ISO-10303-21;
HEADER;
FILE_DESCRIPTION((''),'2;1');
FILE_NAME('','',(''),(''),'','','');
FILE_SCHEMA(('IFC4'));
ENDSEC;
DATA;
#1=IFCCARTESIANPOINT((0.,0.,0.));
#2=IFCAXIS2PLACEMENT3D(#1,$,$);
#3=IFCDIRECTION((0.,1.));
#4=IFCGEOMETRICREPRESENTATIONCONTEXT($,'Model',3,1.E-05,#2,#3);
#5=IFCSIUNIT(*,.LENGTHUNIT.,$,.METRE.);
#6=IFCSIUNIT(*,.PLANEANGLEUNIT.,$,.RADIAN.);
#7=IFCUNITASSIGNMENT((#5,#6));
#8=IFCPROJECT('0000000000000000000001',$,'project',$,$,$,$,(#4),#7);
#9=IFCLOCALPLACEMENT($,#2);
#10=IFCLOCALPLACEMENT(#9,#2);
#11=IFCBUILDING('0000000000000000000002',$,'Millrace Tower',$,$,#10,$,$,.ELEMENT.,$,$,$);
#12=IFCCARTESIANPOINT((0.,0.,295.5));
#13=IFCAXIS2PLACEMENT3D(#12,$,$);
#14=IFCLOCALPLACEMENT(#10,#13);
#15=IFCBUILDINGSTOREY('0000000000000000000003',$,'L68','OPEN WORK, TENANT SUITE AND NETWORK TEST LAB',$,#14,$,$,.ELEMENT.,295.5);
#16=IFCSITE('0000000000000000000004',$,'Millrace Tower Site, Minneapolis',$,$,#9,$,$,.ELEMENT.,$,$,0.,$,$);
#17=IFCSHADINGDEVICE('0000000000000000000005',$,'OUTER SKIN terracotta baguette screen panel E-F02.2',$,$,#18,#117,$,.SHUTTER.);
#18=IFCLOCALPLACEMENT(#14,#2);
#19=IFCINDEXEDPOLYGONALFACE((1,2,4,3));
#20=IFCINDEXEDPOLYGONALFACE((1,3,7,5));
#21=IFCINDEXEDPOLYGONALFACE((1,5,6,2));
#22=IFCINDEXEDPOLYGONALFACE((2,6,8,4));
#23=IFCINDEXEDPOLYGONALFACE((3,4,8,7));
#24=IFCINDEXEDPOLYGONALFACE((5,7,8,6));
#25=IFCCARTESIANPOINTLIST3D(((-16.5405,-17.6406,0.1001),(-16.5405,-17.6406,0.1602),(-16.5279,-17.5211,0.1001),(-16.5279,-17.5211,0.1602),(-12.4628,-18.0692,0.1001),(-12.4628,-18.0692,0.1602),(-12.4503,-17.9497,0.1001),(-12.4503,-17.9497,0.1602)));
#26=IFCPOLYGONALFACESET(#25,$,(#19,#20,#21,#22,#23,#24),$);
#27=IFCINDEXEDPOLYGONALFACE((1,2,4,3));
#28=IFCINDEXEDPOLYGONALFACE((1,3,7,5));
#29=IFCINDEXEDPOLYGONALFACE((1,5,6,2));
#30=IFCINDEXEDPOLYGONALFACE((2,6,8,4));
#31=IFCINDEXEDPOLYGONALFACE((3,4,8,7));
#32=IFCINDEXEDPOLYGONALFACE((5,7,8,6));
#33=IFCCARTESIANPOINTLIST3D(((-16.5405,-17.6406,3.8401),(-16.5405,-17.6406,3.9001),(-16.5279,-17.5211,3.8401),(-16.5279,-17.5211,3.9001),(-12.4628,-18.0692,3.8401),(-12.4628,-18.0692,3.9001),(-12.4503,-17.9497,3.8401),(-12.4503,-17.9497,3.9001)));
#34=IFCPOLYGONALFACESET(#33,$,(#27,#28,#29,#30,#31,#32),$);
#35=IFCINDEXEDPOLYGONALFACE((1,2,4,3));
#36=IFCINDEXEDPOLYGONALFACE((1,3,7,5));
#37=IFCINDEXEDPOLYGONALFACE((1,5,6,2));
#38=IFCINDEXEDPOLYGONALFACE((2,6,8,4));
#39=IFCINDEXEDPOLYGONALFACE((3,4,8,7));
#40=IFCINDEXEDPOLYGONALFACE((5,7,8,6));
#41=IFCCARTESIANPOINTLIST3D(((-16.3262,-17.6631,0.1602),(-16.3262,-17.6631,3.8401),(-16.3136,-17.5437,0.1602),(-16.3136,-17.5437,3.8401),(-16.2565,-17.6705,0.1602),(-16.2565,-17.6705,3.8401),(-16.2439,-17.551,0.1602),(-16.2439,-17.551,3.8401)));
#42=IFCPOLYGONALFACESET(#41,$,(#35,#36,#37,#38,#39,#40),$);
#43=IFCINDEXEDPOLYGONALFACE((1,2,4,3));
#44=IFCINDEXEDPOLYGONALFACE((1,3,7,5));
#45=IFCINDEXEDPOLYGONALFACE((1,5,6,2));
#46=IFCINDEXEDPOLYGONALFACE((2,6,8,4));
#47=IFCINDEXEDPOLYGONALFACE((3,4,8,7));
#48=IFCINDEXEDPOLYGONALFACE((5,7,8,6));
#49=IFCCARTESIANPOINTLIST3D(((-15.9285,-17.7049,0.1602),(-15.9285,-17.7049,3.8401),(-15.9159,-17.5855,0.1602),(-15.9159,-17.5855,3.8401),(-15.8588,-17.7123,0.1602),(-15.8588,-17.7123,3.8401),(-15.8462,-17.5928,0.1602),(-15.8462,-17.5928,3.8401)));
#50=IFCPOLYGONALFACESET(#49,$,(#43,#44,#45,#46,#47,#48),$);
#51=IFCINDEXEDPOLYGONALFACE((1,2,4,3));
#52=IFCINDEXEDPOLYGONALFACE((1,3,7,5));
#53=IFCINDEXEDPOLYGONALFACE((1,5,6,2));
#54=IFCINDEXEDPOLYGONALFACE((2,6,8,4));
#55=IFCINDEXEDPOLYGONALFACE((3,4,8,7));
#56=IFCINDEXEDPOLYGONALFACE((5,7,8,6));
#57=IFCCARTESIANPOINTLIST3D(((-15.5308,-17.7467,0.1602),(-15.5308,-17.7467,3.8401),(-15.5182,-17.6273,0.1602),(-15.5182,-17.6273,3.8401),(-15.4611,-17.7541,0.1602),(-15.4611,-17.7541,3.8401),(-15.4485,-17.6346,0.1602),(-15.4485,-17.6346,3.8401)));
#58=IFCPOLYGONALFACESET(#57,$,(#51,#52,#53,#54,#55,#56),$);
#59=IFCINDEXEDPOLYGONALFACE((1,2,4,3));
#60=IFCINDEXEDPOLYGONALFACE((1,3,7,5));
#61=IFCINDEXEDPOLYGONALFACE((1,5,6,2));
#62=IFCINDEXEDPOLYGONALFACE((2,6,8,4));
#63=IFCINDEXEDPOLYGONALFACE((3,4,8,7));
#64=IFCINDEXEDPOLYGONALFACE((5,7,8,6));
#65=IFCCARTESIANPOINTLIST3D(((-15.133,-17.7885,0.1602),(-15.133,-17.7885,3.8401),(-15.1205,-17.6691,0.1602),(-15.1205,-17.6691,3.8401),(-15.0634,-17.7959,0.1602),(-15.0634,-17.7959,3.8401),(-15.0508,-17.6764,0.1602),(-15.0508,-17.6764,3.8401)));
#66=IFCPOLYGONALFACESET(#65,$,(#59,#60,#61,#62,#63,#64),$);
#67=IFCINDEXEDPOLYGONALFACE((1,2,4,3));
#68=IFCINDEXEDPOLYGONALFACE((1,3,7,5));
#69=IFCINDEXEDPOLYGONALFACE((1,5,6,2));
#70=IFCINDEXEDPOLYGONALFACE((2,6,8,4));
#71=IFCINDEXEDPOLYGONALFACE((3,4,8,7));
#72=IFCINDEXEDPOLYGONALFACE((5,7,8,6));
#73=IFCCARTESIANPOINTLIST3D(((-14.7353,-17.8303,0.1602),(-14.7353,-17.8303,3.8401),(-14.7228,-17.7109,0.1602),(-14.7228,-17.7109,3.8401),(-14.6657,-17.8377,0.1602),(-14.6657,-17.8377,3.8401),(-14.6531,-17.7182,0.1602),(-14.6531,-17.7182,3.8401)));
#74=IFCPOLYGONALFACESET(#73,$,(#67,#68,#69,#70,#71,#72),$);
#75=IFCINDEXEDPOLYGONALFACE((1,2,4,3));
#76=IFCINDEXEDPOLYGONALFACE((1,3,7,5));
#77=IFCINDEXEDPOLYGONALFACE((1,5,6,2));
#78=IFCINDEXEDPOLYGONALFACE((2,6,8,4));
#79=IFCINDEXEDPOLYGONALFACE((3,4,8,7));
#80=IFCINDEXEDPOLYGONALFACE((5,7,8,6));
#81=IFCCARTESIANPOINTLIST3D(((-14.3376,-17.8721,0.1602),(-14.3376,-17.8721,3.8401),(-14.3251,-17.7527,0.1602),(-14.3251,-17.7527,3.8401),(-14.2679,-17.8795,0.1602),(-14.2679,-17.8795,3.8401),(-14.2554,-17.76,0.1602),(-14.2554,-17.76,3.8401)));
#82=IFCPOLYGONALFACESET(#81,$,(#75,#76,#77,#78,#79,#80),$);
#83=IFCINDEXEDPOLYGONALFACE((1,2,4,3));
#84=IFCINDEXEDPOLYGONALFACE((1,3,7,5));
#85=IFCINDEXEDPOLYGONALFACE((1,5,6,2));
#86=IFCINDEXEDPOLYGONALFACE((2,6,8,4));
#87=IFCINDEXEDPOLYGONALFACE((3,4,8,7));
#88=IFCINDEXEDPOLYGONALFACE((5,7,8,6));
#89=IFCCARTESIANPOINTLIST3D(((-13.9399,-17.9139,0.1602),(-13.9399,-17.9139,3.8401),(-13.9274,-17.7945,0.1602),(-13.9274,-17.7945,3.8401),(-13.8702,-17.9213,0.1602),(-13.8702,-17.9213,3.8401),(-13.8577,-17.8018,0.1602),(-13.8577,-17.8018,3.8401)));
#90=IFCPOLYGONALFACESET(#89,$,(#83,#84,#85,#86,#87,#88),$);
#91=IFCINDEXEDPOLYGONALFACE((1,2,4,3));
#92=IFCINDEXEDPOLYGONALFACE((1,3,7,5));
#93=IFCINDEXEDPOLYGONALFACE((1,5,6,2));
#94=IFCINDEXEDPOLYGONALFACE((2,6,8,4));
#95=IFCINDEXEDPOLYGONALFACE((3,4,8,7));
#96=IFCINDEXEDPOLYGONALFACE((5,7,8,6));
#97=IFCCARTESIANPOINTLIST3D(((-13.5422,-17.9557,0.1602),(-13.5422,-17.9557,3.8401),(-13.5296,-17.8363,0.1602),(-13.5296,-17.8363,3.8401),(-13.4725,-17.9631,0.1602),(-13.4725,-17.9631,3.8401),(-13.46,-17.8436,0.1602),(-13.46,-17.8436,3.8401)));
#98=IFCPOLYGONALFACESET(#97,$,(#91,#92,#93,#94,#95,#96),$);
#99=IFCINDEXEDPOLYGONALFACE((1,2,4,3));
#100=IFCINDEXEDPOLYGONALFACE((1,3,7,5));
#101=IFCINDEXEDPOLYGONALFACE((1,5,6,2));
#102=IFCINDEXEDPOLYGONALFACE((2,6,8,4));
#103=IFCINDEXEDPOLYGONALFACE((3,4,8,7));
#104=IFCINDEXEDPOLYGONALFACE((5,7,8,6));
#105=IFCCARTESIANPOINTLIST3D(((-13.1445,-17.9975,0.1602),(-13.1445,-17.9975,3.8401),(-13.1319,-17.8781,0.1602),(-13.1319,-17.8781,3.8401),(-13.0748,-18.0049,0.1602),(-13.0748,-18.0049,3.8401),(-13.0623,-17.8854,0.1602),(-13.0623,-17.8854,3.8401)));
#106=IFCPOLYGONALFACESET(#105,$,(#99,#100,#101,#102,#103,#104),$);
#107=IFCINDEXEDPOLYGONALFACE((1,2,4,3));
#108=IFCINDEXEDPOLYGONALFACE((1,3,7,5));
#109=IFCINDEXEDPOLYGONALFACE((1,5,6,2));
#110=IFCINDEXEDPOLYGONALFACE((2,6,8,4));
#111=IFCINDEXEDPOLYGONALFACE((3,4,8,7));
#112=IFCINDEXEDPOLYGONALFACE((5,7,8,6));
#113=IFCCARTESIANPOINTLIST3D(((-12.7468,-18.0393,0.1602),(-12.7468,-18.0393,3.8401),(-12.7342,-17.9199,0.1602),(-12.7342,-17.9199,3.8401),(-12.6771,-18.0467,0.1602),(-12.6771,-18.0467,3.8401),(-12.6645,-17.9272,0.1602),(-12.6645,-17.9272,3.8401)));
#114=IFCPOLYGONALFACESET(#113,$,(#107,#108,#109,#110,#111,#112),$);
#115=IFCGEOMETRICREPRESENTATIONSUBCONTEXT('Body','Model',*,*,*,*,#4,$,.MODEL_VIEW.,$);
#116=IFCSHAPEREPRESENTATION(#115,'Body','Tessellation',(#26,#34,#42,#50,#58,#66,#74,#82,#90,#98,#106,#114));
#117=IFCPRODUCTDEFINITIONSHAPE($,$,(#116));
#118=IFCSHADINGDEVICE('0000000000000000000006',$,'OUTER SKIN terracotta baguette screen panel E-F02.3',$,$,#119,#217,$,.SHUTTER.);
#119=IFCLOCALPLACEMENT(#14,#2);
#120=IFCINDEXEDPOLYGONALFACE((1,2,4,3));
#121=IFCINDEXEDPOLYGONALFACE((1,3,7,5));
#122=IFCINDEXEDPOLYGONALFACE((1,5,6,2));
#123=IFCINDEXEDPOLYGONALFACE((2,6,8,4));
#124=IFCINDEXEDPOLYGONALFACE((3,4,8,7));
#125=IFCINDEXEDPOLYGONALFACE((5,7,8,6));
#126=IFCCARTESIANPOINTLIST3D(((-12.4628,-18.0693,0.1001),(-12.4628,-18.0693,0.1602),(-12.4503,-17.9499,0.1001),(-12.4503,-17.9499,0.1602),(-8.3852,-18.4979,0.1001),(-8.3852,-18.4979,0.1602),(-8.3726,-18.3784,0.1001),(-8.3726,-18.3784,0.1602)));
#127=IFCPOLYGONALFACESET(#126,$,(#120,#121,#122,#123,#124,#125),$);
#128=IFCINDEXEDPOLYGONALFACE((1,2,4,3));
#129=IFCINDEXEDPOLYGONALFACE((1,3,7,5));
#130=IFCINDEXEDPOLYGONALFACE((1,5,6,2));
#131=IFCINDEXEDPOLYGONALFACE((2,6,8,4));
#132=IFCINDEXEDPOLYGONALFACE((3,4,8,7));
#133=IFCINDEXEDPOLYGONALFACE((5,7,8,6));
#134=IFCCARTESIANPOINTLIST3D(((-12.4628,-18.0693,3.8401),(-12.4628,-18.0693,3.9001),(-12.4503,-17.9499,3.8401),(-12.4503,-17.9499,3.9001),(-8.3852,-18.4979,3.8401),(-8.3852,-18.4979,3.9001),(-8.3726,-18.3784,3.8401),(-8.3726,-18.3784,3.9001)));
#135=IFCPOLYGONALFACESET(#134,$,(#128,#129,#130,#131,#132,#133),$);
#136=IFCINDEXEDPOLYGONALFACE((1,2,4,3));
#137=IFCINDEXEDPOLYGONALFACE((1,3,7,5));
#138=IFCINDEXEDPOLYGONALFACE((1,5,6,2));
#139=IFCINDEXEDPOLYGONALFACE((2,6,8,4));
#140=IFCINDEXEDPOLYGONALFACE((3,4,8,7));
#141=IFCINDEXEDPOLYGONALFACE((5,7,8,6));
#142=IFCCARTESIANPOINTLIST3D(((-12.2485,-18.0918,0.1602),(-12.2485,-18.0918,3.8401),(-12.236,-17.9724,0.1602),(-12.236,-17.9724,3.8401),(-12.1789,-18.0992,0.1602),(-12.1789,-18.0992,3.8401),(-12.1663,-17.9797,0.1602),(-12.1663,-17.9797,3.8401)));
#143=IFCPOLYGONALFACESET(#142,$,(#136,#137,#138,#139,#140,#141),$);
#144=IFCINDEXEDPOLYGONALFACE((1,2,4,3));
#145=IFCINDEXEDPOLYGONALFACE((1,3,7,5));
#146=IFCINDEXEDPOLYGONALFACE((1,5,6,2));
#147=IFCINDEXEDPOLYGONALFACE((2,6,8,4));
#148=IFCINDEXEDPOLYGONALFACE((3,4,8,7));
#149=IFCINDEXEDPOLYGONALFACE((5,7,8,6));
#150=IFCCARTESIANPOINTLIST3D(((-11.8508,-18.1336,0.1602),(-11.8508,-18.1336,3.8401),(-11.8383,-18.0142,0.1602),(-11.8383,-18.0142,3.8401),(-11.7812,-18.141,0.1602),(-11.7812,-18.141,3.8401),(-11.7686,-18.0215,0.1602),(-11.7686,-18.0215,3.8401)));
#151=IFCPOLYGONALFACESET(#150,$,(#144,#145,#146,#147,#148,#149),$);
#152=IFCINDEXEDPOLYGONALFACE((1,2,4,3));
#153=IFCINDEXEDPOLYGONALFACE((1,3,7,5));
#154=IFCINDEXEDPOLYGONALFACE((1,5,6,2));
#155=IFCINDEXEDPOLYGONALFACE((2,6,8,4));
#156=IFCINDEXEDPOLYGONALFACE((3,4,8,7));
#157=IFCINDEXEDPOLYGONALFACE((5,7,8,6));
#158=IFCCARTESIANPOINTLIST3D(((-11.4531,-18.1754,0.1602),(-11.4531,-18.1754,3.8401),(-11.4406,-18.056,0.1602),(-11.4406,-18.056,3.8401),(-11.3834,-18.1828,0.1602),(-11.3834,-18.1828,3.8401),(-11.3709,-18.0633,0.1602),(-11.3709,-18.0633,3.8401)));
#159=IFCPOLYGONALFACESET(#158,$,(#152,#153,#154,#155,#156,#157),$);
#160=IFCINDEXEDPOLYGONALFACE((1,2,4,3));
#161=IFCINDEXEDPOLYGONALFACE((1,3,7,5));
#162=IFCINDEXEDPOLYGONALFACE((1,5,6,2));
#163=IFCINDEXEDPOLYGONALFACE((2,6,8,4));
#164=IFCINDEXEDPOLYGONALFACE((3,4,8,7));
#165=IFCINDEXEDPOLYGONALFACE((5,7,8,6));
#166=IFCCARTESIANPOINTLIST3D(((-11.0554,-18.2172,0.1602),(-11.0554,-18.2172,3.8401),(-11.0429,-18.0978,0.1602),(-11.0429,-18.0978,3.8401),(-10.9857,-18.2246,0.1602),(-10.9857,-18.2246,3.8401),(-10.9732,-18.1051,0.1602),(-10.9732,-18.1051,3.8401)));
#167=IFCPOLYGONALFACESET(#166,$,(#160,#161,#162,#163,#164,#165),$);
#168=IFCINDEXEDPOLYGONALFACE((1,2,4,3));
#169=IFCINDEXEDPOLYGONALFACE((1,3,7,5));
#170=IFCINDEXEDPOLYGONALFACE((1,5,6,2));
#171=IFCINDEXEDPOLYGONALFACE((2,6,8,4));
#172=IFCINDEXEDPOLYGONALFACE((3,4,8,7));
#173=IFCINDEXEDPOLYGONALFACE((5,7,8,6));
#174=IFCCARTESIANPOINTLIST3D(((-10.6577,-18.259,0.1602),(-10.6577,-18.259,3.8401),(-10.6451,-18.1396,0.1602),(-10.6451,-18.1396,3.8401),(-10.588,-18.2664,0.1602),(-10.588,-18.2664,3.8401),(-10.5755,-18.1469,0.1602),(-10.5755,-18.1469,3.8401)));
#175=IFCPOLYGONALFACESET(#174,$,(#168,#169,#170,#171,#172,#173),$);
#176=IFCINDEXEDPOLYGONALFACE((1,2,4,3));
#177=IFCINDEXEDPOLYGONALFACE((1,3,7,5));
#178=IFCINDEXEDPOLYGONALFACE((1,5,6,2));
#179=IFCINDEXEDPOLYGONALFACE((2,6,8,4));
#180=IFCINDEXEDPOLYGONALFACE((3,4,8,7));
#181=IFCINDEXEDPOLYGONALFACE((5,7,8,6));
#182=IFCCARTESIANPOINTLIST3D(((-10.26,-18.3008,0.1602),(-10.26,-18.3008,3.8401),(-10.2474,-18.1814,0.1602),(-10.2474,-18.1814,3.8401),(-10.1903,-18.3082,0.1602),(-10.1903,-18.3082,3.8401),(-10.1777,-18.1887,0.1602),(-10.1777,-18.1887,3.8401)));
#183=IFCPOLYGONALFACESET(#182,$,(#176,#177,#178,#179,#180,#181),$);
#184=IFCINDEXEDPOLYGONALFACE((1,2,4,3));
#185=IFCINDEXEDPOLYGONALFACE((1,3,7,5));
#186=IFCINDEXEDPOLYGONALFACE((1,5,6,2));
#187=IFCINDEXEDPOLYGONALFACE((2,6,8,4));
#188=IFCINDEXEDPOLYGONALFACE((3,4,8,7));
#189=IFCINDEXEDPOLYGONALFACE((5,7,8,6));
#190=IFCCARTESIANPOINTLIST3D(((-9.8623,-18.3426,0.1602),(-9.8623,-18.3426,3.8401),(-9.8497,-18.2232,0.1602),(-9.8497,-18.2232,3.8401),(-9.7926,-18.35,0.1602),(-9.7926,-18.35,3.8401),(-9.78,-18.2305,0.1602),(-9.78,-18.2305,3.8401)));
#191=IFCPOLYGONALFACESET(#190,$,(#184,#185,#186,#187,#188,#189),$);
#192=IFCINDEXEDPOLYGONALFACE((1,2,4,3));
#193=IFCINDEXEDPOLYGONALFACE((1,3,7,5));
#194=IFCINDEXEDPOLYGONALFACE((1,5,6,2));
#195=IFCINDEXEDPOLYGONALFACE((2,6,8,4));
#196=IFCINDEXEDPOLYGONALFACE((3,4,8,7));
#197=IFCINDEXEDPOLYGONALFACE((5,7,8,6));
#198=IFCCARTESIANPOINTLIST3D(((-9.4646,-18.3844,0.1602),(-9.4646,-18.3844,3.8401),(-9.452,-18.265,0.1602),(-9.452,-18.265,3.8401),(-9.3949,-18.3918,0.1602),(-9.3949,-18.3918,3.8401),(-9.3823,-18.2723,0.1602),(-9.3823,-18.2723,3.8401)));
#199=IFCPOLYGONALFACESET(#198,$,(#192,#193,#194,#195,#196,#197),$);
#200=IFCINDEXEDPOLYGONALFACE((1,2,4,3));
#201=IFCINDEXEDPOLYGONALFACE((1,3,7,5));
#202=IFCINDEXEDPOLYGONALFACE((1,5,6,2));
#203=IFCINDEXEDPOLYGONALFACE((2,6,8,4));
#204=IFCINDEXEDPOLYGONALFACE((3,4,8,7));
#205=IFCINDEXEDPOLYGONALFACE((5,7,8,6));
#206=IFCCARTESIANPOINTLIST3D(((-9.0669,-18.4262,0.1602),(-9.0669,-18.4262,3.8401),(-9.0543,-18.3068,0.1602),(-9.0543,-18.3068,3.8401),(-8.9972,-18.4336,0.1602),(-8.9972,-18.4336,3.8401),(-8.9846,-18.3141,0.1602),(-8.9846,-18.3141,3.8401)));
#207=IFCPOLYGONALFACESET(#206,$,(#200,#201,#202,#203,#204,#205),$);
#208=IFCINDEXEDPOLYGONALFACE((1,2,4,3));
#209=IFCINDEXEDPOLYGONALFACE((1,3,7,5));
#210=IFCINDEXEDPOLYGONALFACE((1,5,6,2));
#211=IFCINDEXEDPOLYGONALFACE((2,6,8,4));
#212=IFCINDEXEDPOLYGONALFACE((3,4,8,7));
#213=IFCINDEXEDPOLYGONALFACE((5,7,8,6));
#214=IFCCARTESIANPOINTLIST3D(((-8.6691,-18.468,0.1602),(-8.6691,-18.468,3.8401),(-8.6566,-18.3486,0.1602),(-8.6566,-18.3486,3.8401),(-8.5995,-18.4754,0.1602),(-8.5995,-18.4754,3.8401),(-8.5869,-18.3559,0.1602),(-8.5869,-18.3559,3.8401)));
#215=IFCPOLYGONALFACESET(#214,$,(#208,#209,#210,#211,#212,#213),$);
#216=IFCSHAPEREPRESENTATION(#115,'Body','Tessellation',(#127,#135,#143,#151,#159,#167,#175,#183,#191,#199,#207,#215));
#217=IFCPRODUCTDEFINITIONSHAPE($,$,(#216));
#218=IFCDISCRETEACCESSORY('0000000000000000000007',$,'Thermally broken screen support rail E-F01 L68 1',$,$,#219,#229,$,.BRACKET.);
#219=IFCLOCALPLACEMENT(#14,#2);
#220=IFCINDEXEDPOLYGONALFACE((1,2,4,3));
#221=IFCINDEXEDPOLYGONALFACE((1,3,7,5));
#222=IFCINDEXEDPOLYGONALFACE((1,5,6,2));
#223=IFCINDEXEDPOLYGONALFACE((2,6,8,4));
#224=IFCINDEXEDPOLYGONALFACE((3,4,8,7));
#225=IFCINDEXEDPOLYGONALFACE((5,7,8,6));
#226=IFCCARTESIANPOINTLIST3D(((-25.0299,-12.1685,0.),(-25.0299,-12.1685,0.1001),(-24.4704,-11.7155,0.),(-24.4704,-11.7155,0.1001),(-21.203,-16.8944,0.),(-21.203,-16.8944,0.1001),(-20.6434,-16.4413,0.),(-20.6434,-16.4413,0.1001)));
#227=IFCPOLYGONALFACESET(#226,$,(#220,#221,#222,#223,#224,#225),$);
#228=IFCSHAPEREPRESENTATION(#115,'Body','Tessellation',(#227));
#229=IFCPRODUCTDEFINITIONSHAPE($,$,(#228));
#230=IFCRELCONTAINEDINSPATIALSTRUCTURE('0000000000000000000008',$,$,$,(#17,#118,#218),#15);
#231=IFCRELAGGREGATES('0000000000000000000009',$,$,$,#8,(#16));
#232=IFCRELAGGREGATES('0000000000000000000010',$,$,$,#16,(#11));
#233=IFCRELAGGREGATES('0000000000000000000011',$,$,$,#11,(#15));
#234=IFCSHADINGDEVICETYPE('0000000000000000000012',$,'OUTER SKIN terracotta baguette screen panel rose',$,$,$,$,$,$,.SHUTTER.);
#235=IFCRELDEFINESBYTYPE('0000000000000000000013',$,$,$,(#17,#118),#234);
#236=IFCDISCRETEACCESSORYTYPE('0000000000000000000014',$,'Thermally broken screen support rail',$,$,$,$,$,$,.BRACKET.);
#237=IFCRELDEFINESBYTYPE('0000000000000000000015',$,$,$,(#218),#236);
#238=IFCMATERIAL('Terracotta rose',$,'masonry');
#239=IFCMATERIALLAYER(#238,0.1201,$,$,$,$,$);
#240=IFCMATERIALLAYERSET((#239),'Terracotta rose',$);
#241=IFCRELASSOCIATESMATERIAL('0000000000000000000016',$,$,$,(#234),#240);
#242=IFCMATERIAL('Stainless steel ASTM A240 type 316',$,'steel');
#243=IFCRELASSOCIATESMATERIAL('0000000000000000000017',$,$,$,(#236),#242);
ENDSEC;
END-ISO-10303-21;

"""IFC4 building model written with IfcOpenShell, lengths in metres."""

from ifc_helpers import new_model, entity, si_unit, direction, frame, frame_2d, origin, origin_2d, place, context, subcontext, project, spatial, rectangle, extrude, source, transform, mapped, material, layer, layer_set, type_object, element, save


model = new_model("IFC4")

# Units and contexts
model_context = context("Model", 3, precision=1e-05, world=origin(), true_north=direction((0.0, 1.0)))
body_context = subcontext(model_context, "Body", "Model", "MODEL_VIEW")
ifc_project = project(units=[si_unit("LENGTHUNIT", "METRE"), si_unit("PLANEANGLEUNIT", "RADIAN")], contexts=[model_context])

# Site, building, storey
site_placement = place(None, origin())
site = spatial("IfcSite", under=ifc_project, at=site_placement, Name="Millrace Tower Site, Minneapolis", CompositionType="ELEMENT", RefElevation=0.0)
building_placement = place(site_placement, origin())
building = spatial("IfcBuilding", under=site, at=building_placement, Name="Millrace Tower", CompositionType="ELEMENT")
storey_placement = place(building_placement, frame((0.0, 0.0, 295.5)))
storey = spatial("IfcBuildingStorey", under=building, at=storey_placement, Name="L68", Description="OPEN WORK, TENANT SUITE AND NETWORK TEST LAB", CompositionType="ELEMENT", Elevation=295.5)

# Shading devices
ifc_material_1 = material(Name="Terracotta rose", Category="masonry")
ifc_layer_1 = layer(ifc_material_1, 0.1201)
ifc_layer_set_1 = layer_set([ifc_layer_1], Name="Terracotta rose")
shading_device_type = type_object("IfcShadingDeviceType", Name="OUTER SKIN terracotta baguette screen panel rose", PredefinedType="SHUTTER", material=ifc_layer_set_1)
cartesian_point_1 = entity("IfcCartesianPoint", [-2.05, 0.0601])
shared_polyline_1 = entity("IfcPolyline", [cartesian_point_1, entity("IfcCartesianPoint", [2.05, 0.0601]), entity("IfcCartesianPoint", [2.05, -0.0601]), entity("IfcCartesianPoint", [-2.05, -0.0601]), cartesian_point_1])
shared_shape_1 = source(origin(), body_context, "Body", "SweptSolid", [
    entity("IfcExtrudedAreaSolid", entity("IfcArbitraryClosedProfileDef", "AREA", None, shared_polyline_1), entity("IfcAxis2Placement3D", entity("IfcCartesianPoint", [0.0, 0.0, 0.0])), entity("IfcDirection", [0.0, 0.0, 1.0]), 0.0601),
    entity("IfcExtrudedAreaSolid", entity("IfcArbitraryClosedProfileDef", "AREA", None, shared_polyline_1), entity("IfcAxis2Placement3D", entity("IfcCartesianPoint", [0.0, 0.0, 3.74])), entity("IfcDirection", [0.0, 0.0, 1.0]), 0.0601),
    extrude(rectangle(XDim=0.0701, YDim=0.1201, at=frame_2d((-1.7996, 0.0))), frame((0.0, 0.0, 0.0601)), (0.0, 0.0, 1.0), 3.6799),
    extrude(rectangle(XDim=0.0701, YDim=0.1201, at=frame_2d((-1.3997, 0.0))), frame((0.0, 0.0, 0.0601)), (0.0, 0.0, 1.0), 3.6799),
    extrude(rectangle(XDim=0.0701, YDim=0.1201, at=frame_2d((-0.9998, 0.0))), frame((0.0, 0.0, 0.0601)), (0.0, 0.0, 1.0), 3.6799),
    extrude(rectangle(XDim=0.0701, YDim=0.1201, at=frame_2d((-0.5999, 0.0))), frame((0.0, 0.0, 0.0601)), (0.0, 0.0, 1.0), 3.6799),
    extrude(rectangle(XDim=0.0701, YDim=0.1201, at=frame_2d((-0.2, 0.0))), frame((0.0, 0.0, 0.0601)), (0.0, 0.0, 1.0), 3.6799),
    extrude(rectangle(XDim=0.0701, YDim=0.1201, at=frame_2d((0.2, 0.0))), frame((0.0, 0.0, 0.0601)), (0.0, 0.0, 1.0), 3.6799),
    extrude(rectangle(XDim=0.0701, YDim=0.1201, at=frame_2d((0.5999, 0.0))), frame((0.0, 0.0, 0.0601)), (0.0, 0.0, 1.0), 3.6799),
    extrude(rectangle(XDim=0.0701, YDim=0.1201, at=frame_2d((0.9998, 0.0))), frame((0.0, 0.0, 0.0601)), (0.0, 0.0, 1.0), 3.6799),
    extrude(rectangle(XDim=0.0701, YDim=0.1201, at=frame_2d((1.3997, 0.0))), frame((0.0, 0.0, 0.0601)), (0.0, 0.0, 1.0), 3.6799),
    extrude(rectangle(XDim=0.0701, YDim=0.1201, at=frame_2d((1.7996, 0.0))), frame((0.0, 0.0, 0.0601)), (0.0, 0.0, 1.0), 3.6799),
])
for number, where, z_axis, x_axis, name in (
    (1, (-14.4954, -17.7952, 0.1001), (0.0, 0.0, 1.0), (0.994522, -0.104528, 0.0), "OUTER SKIN terracotta baguette screen panel E-F02.2"),
    (2, (-10.4177, -18.2239, 0.1001), (0.0, 0.0, 1.0), (0.994522, -0.104528, 0.0), "OUTER SKIN terracotta baguette screen panel E-F02.3"),
):
    element("IfcShadingDevice", number, at=place(storey_placement, frame(where, z_axis=z_axis, x_axis=x_axis)), inside=storey, type_object=shading_device_type, Name=name, PredefinedType="SHUTTER", context=body_context, shape_type="MappedRepresentation", body=[
        mapped(shared_shape_1, transform((0.0, 0.0, 0.0), scale=1.0)),
    ])

# Discrete accessory
ifc_material_2 = material(Name="Stainless steel ASTM A240 type 316", Category="steel")
discrete_accessory_type = type_object("IfcDiscreteAccessoryType", Name="Thermally broken screen support rail", PredefinedType="BRACKET", material=ifc_material_2)
discrete_accessory_placement = place(storey_placement, frame((-22.8367, -14.3049, 0.0), z_axis=(0.0, 0.0, 1.0), x_axis=(0.62932, -0.777146, 0.0)))
element("IfcDiscreteAccessory", 3, at=discrete_accessory_placement, inside=storey, type_object=discrete_accessory_type, Name="Thermally broken screen support rail E-F01 L68 1", PredefinedType="BRACKET", context=body_context, shape_type="SweptSolid", body=[
    extrude(rectangle(XDim=6.0811, YDim=0.72, at=origin_2d()), origin(), (0.0, 0.0, 1.0), 0.1001),
])

save(model, "model.ifc")
